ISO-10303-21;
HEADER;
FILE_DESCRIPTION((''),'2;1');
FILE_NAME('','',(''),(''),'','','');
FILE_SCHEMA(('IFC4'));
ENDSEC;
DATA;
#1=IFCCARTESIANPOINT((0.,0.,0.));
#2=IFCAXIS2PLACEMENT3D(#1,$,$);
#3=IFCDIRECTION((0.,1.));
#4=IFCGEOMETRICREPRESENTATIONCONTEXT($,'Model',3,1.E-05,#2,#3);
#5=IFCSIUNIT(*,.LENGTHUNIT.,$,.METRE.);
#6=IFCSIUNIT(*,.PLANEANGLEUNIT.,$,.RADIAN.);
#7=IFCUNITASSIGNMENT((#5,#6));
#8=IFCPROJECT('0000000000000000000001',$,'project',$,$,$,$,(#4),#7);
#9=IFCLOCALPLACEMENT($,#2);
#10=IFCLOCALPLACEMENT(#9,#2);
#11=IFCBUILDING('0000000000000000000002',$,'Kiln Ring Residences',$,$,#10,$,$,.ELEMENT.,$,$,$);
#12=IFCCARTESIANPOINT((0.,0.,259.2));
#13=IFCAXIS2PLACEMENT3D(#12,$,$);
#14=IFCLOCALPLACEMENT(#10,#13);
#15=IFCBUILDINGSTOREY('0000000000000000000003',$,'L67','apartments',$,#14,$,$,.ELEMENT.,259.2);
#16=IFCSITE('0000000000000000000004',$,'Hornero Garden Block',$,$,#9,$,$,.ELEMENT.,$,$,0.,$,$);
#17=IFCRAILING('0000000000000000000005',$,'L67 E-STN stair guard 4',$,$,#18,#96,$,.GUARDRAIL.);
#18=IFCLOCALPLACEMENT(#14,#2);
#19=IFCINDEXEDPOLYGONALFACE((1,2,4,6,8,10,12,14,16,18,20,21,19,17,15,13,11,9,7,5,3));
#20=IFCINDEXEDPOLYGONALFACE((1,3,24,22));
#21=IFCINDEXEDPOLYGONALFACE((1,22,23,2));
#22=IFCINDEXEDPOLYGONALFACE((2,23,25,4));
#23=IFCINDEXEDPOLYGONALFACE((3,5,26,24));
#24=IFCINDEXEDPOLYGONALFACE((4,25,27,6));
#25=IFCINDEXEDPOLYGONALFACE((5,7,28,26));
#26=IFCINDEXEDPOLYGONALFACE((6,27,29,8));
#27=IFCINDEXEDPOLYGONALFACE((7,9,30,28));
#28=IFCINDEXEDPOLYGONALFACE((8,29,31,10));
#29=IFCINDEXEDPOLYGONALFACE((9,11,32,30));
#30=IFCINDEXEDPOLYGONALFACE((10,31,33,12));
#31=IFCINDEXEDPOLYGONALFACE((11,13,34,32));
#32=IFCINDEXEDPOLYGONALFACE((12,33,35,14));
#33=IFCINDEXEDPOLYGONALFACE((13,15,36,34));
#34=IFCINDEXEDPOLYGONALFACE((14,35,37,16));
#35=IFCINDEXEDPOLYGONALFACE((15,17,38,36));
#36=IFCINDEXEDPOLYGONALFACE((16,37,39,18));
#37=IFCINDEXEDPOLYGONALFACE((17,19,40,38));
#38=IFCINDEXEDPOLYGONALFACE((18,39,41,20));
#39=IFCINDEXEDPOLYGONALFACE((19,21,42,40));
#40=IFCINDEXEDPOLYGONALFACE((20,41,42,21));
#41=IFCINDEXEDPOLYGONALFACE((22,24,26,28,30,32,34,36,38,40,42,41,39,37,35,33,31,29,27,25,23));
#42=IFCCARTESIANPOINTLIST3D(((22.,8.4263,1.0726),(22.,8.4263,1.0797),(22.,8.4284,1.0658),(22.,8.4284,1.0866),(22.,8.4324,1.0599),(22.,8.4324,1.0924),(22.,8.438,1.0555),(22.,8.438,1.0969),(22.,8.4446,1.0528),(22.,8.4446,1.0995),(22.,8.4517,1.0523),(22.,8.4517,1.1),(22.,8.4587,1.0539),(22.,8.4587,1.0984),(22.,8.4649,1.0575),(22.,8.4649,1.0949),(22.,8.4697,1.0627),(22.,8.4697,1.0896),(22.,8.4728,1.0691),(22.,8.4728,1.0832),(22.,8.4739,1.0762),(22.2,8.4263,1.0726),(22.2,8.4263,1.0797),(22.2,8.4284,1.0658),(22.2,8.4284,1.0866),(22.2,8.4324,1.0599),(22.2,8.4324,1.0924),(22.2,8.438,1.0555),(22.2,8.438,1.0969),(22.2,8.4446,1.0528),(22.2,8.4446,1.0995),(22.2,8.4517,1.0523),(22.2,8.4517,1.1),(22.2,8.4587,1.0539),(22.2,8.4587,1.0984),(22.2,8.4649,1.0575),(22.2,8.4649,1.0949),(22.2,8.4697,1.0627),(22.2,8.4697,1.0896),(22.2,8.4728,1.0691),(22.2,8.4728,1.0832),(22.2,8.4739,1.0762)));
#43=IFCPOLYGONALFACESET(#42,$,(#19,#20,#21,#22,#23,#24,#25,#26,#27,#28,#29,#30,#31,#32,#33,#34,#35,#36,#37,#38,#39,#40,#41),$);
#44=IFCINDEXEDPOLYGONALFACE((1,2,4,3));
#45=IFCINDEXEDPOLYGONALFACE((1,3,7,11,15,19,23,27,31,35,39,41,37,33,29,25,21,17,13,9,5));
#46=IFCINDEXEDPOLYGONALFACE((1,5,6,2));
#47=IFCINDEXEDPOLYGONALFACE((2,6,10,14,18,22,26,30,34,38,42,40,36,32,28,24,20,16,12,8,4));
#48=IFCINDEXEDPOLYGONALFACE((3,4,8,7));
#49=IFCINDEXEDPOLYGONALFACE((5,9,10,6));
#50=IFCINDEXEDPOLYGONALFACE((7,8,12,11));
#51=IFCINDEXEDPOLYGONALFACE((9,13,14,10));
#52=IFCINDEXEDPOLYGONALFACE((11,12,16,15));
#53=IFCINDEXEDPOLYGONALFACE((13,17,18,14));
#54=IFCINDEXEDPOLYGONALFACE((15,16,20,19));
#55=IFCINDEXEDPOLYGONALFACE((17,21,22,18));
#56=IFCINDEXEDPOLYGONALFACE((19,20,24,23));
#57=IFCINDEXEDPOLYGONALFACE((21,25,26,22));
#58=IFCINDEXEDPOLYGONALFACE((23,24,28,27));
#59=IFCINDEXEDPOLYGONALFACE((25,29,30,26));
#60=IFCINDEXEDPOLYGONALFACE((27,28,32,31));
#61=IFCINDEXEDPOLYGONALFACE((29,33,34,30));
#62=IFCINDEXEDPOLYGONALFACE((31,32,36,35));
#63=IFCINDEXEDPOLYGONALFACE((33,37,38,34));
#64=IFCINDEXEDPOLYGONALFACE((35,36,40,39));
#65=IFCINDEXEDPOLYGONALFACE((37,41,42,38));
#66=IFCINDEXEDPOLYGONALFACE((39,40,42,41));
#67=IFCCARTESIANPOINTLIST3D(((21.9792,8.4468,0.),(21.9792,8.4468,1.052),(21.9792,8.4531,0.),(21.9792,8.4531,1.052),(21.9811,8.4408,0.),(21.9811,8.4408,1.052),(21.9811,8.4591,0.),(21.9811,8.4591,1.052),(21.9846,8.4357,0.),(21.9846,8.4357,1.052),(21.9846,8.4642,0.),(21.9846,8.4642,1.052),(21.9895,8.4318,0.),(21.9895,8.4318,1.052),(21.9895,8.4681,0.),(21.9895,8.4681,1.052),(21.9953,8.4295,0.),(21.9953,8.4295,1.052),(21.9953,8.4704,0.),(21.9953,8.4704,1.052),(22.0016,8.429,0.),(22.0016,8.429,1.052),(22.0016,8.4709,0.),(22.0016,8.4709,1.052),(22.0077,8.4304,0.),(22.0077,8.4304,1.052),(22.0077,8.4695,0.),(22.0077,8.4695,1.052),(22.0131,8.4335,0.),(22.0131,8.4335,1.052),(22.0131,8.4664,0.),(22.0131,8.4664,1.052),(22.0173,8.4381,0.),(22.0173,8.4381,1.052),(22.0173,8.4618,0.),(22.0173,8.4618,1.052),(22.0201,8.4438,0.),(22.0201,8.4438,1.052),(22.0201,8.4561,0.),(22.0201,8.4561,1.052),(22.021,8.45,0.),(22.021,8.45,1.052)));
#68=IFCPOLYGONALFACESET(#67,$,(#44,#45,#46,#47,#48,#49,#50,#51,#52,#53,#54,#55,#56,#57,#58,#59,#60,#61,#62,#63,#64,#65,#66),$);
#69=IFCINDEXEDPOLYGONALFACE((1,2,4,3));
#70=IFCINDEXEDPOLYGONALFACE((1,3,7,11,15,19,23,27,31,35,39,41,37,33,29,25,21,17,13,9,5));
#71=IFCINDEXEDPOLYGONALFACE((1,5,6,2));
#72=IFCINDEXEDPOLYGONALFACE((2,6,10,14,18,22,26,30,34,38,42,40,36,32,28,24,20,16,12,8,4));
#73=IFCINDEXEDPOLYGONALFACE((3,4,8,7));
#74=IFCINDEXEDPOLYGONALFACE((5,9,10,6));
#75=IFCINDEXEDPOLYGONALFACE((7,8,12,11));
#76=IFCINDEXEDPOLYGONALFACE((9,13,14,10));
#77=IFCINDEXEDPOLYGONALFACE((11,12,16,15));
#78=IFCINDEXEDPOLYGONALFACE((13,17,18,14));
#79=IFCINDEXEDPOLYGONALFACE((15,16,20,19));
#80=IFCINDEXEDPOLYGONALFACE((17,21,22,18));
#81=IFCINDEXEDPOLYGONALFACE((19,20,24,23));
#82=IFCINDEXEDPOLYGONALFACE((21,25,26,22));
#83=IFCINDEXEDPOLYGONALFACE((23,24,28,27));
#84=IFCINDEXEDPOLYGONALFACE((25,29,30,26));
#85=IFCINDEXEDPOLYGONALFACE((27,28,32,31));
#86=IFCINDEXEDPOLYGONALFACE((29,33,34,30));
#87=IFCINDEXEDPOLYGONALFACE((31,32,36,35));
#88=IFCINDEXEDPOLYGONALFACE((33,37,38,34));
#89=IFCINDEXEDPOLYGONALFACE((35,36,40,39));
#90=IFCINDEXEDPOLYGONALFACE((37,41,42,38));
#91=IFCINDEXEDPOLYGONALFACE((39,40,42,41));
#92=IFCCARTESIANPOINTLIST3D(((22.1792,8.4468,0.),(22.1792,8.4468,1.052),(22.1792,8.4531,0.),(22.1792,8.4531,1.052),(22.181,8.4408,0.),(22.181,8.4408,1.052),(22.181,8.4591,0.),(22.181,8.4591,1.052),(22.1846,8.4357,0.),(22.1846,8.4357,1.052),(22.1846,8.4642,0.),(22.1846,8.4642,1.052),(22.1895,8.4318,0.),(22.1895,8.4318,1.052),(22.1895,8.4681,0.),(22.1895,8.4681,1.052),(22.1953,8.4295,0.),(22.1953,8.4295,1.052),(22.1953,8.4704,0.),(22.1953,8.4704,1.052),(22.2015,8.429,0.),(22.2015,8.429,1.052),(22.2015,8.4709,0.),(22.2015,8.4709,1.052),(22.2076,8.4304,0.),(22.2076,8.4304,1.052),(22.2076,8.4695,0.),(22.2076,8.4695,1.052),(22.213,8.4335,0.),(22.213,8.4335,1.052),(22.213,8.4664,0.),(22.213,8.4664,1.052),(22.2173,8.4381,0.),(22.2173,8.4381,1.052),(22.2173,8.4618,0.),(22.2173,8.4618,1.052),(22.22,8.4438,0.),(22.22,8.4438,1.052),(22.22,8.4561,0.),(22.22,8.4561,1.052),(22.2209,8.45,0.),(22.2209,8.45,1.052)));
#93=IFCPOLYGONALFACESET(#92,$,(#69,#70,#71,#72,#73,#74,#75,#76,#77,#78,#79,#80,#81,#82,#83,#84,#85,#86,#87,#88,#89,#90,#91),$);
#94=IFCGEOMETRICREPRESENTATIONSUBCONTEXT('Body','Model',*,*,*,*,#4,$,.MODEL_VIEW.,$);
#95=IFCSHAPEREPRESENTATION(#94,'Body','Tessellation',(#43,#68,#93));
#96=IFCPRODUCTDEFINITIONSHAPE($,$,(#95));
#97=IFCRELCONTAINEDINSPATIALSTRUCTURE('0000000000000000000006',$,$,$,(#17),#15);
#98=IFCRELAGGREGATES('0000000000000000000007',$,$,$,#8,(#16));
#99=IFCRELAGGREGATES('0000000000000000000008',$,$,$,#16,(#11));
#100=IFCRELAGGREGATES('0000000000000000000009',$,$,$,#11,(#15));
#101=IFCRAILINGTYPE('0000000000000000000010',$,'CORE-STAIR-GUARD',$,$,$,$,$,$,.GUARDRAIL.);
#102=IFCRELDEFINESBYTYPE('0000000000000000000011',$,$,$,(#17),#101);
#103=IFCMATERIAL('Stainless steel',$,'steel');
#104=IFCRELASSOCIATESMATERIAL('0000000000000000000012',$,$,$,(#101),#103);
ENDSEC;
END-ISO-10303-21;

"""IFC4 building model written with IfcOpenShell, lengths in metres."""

from ifc_helpers import new_model, si_unit, direction, frame, origin, origin_2d, place, context, subcontext, project, spatial, circle, extrude, material, type_object, element, save


model = new_model("IFC4")

# Units and contexts
model_context = context("Model", 3, precision=1e-05, world=origin(), true_north=direction((0.0, 1.0)))
body_context = subcontext(model_context, "Body", "Model", "MODEL_VIEW")
ifc_project = project(units=[si_unit("LENGTHUNIT", "METRE"), si_unit("PLANEANGLEUNIT", "RADIAN")], contexts=[model_context])

# Site, building, storey
site_placement = place(None, origin())
site = spatial("IfcSite", under=ifc_project, at=site_placement, Name="Hornero Garden Block", CompositionType="ELEMENT", RefElevation=0.0)
building_placement = place(site_placement, origin())
building = spatial("IfcBuilding", under=site, at=building_placement, Name="Kiln Ring Residences", CompositionType="ELEMENT")
storey_placement = place(building_placement, frame((0.0, 0.0, 259.2)))
storey = spatial("IfcBuildingStorey", under=building, at=storey_placement, Name="L67", Description="apartments", CompositionType="ELEMENT", Elevation=259.2)

# Railing
ifc_material_1 = material(Name="Stainless steel", Category="steel")
railing_type_1 = type_object("IfcRailingType", Name="CORE-STAIR-GUARD", PredefinedType="GUARDRAIL", material=ifc_material_1)
railing_1_placement = place(storey_placement, frame((22.0, 8.45, 0.0)))
element("IfcRailing", 1, at=railing_1_placement, inside=storey, type_object=railing_type_1, Name="L67 E-STN stair guard 4", PredefinedType="GUARDRAIL", context=body_context, shape_type="SweptSolid", body=[
    extrude(circle(Radius=0.0239, at=origin_2d()), frame((0.0, 0.0, 1.0762), z_axis=(1.0, 0.0, 0.0), x_axis=(0.0, 1.0, 0.0)), (0.0, 0.0, 1.0), 0.2),
    extrude(circle(Radius=0.021, at=origin_2d()), origin(), (0.0, 0.0, 1.0), 1.052),
    extrude(circle(Radius=0.021, at=origin_2d()), frame((0.2, 0.0, 0.0)), (0.0, 0.0, 1.0), 1.052),
])

save(model, "model.ifc")
